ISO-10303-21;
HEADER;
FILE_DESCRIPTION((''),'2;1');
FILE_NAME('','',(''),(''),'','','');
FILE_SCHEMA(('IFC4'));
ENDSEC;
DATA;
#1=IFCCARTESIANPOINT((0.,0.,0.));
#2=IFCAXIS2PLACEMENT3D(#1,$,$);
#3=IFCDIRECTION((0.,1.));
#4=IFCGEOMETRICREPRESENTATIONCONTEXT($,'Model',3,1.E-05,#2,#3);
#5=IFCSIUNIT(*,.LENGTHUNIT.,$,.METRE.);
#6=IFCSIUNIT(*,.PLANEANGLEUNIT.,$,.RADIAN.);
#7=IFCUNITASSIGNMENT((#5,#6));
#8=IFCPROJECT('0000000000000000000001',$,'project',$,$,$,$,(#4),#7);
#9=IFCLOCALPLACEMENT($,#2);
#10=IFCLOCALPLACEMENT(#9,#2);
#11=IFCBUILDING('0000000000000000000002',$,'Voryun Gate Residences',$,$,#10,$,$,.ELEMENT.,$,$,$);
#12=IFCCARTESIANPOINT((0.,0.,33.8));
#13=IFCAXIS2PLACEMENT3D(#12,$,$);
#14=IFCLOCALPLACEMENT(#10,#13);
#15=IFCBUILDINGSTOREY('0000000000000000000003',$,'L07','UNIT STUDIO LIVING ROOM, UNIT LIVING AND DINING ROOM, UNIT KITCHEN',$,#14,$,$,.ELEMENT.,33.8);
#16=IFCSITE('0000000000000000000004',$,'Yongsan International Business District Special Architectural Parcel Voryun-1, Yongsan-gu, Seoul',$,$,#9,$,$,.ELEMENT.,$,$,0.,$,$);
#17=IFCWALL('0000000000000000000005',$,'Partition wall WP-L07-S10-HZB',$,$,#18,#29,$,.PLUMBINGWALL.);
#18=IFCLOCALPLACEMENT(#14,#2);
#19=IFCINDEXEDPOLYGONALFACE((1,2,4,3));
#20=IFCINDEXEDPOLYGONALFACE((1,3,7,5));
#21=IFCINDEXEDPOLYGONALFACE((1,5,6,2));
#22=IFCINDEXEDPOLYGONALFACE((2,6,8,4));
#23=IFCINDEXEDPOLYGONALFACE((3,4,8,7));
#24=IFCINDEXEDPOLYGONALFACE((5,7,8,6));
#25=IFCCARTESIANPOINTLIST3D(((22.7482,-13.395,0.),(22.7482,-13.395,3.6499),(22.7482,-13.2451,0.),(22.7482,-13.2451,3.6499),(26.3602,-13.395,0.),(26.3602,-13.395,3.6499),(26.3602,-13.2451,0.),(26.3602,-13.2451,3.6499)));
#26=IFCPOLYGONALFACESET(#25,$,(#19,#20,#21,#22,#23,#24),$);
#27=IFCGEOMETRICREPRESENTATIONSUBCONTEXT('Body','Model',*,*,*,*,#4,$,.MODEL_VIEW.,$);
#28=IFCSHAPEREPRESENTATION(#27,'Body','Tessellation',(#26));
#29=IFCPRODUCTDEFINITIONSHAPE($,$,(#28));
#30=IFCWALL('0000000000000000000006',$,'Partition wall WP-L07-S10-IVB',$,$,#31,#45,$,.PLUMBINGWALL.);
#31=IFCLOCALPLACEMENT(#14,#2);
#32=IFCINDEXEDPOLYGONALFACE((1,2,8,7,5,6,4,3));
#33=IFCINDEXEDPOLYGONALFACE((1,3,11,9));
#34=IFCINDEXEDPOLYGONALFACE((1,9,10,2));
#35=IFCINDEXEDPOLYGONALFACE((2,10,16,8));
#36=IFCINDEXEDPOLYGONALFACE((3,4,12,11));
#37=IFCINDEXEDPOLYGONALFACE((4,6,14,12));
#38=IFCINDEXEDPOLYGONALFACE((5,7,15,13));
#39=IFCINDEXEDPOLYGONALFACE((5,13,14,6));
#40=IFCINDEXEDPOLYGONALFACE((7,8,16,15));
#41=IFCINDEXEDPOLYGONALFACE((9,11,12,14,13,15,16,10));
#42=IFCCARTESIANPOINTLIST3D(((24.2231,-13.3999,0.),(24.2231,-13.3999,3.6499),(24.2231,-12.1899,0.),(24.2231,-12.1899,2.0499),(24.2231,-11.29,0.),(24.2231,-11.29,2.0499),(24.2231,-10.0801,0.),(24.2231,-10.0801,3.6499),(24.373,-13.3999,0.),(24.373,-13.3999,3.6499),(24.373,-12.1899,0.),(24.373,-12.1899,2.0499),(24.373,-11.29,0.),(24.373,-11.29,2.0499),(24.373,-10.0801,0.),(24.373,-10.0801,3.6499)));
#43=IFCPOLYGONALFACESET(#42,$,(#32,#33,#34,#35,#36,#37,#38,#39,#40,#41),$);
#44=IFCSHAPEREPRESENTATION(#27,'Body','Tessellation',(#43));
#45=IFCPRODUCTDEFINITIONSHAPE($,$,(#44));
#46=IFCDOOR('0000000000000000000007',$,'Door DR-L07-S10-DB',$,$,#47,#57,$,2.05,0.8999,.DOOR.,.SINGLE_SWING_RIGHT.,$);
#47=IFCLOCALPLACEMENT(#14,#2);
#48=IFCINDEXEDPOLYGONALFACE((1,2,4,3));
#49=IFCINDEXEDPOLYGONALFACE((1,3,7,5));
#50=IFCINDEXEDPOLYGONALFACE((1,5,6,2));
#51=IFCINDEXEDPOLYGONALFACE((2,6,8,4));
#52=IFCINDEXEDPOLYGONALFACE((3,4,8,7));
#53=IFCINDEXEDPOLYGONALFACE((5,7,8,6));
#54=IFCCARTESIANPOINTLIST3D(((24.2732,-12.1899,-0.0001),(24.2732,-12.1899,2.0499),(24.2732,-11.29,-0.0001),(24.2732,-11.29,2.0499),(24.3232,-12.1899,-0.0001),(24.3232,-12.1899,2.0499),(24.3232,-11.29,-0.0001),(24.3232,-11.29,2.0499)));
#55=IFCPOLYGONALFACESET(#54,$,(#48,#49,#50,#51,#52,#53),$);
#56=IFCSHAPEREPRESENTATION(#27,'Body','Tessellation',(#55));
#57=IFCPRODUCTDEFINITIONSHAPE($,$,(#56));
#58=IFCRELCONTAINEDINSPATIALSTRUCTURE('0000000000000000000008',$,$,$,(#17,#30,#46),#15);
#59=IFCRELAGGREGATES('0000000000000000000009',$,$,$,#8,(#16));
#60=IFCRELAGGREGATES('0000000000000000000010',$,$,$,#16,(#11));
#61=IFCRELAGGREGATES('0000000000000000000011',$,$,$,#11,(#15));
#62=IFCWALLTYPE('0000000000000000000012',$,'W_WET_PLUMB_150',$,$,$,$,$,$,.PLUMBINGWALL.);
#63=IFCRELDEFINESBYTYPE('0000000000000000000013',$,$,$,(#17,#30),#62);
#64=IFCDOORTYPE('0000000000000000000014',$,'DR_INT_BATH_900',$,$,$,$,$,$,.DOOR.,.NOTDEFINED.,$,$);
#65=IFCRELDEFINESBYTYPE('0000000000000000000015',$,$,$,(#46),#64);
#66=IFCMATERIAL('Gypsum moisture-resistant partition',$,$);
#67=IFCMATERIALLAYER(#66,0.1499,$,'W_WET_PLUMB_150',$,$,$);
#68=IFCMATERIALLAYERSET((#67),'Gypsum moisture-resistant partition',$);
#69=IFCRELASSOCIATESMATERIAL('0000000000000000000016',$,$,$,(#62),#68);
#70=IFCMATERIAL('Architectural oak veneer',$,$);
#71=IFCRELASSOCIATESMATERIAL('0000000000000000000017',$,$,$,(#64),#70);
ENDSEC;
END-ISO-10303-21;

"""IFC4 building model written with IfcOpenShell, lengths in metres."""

from ifc_helpers import new_model, si_unit, direction, frame, frame_2d, origin, place, context, subcontext, project, spatial, rectangle, extrude, material, layer, layer_set, type_object, element, fill, save


model = new_model("IFC4")

# Units and contexts
model_context = context("Model", 3, precision=1e-05, world=origin(), true_north=direction((0.0, 1.0)))
body_context = subcontext(model_context, "Body", "Model", "MODEL_VIEW")
ifc_project = project(units=[si_unit("LENGTHUNIT", "METRE"), si_unit("PLANEANGLEUNIT", "RADIAN")], contexts=[model_context])

# Site, building, storey
site_placement = place(None, origin())
site = spatial("IfcSite", under=ifc_project, at=site_placement, Name="Yongsan International Business District Special Architectural Parcel Voryun-1, Yongsan-gu, Seoul", CompositionType="ELEMENT", RefElevation=0.0)
building_placement = place(site_placement, origin())
building = spatial("IfcBuilding", under=site, at=building_placement, Name="Voryun Gate Residences", CompositionType="ELEMENT")
storey_placement = place(building_placement, frame((0.0, 0.0, 33.8)))
storey = spatial("IfcBuildingStorey", under=building, at=storey_placement, Name="L07", Description="UNIT STUDIO LIVING ROOM, UNIT LIVING AND DINING ROOM, UNIT KITCHEN", CompositionType="ELEMENT", Elevation=33.8)

# Shared definitions
ifc_material_1 = material(Name="Gypsum moisture-resistant partition")
ifc_layer_1 = layer(ifc_material_1, 0.1499, Name="W_WET_PLUMB_150")
ifc_layer_set_1 = layer_set([ifc_layer_1], Name="Gypsum moisture-resistant partition")
wall_type_1 = type_object("IfcWallType", Name="W_WET_PLUMB_150", PredefinedType="PLUMBINGWALL", material=ifc_layer_set_1)

# Shared definitions
ifc_material_2 = material(Name="Architectural oak veneer")
door_type_1 = type_object("IfcDoorType", Name="DR_INT_BATH_900", OperationType="NOTDEFINED", PredefinedType="DOOR", material=ifc_material_2)

# Wall
wall_1_placement = place(storey_placement, frame((22.748, -13.3201, 0.0), z_axis=(0.0, 0.0, 1.0), x_axis=(1.0, 0.0, 0.0)))
element("IfcWall", 1, at=wall_1_placement, inside=storey, type_object=wall_type_1, Name="Partition wall WP-L07-S10-HZB", PredefinedType="PLUMBINGWALL", context=body_context, shape_type="SweptSolid", body=[
    extrude(rectangle(XDim=3.6121, YDim=0.1499, at=frame_2d((1.8062, 0.0))), origin(), (0.0, 0.0, 1.0), 3.6499),
])

# Wall, opening, door
wall_2_placement = place(storey_placement, frame((24.2981, -13.3999, 0.0), z_axis=(0.0, 0.0, 1.0), x_axis=(0.0, 1.0, 0.0)))
wall_2 = element("IfcWall", 2, at=wall_2_placement, inside=storey, type_object=wall_type_1, Name="Partition wall WP-L07-S10-IVB", PredefinedType="PLUMBINGWALL", context=body_context, shape_type="SweptSolid", body=[
    extrude(rectangle(XDim=3.3198, YDim=0.1499, at=frame_2d((1.6599, 0.0))), origin(), (0.0, 0.0, 1.0), 3.6499),
])
opening_1_placement = place(wall_2_placement, frame((1.21, 0.0, 0.0)))
opening_1 = element("IfcOpeningElement", 3, at=opening_1_placement, cuts=wall_2, PredefinedType="OPENING", context=body_context, shape_type="SweptSolid", body=[
    extrude(rectangle(XDim=0.8999, YDim=2.05, at=frame_2d((0.45, 1.0249))), frame((0.0, 0.085, 0.0), z_axis=(0.0, -1.0, 0.0), x_axis=(1.0, 0.0, 0.0)), (0.0, 0.0, 1.0), 0.1699),
])
door_1_placement = place(opening_1_placement, origin())
door_1 = element("IfcDoor", 4, at=door_1_placement, inside=storey, type_object=door_type_1, Name="Door DR-L07-S10-DB", OperationType="SINGLE_SWING_RIGHT", OverallHeight=2.05, OverallWidth=0.8999, PredefinedType="DOOR", context=body_context, shape_type="SweptSolid", body=[
    extrude(rectangle(XDim=0.8999, YDim=2.05, at=frame_2d((0.45, 1.0249))), frame((0.0, 0.0249, 0.0), z_axis=(0.0, -1.0, 0.0), x_axis=(1.0, 0.0, 0.0)), (0.0, 0.0, 1.0), 0.05),
])
fill(opening_1, door_1)

save(model, "model.ifc")
